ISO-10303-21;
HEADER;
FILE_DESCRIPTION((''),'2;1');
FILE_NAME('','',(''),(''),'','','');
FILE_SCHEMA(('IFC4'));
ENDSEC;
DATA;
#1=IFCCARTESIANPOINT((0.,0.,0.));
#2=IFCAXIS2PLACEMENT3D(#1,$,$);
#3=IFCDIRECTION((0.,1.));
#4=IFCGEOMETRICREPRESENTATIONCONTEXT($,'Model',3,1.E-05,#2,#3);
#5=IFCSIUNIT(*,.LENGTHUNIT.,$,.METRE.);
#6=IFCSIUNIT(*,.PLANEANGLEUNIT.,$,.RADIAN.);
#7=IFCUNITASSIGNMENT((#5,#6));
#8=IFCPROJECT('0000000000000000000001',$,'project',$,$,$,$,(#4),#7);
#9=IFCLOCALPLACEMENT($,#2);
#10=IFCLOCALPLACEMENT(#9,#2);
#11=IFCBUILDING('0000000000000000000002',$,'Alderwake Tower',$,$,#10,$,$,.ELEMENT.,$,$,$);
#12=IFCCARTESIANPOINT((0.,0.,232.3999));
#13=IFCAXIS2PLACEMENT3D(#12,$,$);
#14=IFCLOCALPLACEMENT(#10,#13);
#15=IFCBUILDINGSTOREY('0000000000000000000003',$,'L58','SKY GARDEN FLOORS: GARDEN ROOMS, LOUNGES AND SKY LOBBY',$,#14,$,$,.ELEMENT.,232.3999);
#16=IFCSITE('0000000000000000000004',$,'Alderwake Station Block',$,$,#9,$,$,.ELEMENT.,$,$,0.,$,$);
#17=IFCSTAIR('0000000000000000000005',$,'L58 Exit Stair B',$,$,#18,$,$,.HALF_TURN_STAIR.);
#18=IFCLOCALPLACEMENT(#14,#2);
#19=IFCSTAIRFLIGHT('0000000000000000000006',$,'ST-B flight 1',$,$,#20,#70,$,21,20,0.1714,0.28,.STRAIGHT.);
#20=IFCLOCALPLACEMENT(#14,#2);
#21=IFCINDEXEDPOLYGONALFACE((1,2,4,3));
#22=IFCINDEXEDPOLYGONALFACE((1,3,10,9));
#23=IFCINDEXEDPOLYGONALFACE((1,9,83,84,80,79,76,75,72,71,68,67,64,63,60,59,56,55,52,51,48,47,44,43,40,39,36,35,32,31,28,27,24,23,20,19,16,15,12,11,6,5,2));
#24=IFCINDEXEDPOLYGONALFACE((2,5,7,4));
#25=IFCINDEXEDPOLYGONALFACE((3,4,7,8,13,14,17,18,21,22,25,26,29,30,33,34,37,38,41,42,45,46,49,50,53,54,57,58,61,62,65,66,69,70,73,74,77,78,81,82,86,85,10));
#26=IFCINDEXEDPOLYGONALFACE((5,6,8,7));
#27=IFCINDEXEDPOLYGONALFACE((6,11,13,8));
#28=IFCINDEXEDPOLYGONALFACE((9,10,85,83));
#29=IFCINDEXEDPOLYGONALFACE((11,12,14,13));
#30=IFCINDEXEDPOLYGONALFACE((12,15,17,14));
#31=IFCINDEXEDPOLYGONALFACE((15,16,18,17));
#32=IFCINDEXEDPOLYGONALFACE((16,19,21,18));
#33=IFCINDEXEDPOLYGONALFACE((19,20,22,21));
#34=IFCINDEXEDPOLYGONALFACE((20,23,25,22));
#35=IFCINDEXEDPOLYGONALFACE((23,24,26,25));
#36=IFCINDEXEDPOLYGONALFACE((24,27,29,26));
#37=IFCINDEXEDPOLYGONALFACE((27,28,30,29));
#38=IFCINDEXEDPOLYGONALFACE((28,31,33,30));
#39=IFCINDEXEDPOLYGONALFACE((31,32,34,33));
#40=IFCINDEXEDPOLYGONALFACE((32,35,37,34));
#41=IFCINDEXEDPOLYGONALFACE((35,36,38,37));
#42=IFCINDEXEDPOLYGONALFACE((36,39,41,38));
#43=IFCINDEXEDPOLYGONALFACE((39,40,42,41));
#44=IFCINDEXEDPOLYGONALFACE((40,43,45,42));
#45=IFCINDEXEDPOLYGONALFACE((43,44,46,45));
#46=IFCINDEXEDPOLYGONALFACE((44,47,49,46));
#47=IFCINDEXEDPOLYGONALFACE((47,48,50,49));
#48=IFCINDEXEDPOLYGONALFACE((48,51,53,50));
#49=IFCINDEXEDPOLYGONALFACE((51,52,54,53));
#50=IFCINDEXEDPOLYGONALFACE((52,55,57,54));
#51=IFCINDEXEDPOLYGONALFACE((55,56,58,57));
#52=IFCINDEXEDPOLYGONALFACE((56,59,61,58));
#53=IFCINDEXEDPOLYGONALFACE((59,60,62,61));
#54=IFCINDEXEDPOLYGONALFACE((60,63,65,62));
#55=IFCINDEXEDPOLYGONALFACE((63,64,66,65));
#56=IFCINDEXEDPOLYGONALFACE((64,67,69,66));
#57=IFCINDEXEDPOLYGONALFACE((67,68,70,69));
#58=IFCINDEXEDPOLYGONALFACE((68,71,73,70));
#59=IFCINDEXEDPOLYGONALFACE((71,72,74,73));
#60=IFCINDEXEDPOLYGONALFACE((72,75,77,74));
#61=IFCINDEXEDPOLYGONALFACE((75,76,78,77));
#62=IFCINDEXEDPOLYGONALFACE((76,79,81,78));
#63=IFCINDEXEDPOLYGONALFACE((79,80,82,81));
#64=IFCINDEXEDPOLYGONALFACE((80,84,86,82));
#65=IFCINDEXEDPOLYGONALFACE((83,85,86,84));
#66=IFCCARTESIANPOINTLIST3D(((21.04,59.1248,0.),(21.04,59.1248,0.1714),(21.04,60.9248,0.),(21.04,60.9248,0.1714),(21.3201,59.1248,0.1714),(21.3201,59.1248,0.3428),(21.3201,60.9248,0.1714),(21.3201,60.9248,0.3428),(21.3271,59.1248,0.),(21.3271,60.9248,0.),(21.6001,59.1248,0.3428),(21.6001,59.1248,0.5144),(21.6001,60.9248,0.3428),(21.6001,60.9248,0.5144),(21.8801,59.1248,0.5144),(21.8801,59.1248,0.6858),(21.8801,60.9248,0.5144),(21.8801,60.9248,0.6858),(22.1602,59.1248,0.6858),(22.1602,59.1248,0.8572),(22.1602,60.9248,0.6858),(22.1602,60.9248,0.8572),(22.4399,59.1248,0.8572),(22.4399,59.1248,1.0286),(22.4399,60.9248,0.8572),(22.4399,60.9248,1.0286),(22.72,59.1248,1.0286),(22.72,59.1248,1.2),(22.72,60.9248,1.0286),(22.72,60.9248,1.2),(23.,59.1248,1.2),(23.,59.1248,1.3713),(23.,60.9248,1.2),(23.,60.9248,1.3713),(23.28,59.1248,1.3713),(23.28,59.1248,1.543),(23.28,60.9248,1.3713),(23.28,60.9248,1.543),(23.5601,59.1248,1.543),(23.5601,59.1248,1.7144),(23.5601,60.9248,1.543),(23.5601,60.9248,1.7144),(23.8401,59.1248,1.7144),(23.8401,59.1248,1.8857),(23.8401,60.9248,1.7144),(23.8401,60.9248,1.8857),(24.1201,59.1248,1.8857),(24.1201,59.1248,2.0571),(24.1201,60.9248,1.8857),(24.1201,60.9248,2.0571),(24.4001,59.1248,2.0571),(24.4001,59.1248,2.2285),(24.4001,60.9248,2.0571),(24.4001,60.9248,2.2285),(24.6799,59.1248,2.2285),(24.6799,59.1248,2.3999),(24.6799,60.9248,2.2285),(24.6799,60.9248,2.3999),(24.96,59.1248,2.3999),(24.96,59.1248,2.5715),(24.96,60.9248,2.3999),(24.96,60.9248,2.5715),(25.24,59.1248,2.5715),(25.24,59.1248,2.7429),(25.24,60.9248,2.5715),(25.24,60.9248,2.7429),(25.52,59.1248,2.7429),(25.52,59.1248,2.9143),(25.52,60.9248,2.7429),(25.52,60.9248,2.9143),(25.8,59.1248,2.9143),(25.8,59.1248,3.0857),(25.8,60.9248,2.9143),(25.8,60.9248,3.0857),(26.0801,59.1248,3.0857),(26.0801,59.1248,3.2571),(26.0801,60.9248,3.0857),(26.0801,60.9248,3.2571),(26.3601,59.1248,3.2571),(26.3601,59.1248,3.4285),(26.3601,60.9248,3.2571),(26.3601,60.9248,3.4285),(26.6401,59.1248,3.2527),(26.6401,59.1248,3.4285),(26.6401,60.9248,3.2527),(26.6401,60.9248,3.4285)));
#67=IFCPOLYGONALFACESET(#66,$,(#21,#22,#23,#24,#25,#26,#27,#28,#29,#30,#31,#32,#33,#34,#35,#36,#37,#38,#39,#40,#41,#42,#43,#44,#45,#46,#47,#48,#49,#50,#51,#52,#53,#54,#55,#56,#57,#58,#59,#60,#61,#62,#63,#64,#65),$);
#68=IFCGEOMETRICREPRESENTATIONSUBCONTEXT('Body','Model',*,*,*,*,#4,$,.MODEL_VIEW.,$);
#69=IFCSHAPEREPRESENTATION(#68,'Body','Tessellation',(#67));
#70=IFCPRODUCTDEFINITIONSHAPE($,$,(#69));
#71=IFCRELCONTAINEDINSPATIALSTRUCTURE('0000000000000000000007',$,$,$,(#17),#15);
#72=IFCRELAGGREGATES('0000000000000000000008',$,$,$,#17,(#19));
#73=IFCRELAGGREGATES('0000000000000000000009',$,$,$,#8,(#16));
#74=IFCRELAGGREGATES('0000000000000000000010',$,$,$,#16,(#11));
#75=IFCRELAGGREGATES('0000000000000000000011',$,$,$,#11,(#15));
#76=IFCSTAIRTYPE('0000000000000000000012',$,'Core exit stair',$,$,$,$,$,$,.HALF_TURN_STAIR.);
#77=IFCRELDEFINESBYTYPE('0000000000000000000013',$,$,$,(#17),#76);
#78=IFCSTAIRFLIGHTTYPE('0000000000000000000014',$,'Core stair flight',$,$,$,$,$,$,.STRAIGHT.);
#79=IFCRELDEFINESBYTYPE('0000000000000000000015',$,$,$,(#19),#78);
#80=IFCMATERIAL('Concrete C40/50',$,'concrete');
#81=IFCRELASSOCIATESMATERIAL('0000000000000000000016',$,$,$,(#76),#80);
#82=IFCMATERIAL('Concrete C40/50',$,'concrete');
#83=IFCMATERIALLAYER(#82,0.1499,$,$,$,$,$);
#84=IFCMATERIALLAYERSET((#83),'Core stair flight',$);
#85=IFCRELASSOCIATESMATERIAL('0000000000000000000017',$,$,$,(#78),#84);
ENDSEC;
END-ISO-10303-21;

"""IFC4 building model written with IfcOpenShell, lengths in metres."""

from ifc_helpers import new_model, si_unit, direction, frame, origin, place, context, subcontext, project, spatial, polyline, outline, extrude, material, layer, layer_set, type_object, element, aggregate, save


model = new_model("IFC4")

# Units and contexts
model_context = context("Model", 3, precision=1e-05, world=origin(), true_north=direction((0.0, 1.0)))
body_context = subcontext(model_context, "Body", "Model", "MODEL_VIEW")
ifc_project = project(units=[si_unit("LENGTHUNIT", "METRE"), si_unit("PLANEANGLEUNIT", "RADIAN")], contexts=[model_context])

# Site, building, storey
site_placement = place(None, origin())
site = spatial("IfcSite", under=ifc_project, at=site_placement, Name="Alderwake Station Block", CompositionType="ELEMENT", RefElevation=0.0)
building_placement = place(site_placement, origin())
building = spatial("IfcBuilding", under=site, at=building_placement, Name="Alderwake Tower", CompositionType="ELEMENT")
storey_placement = place(building_placement, frame((0.0, 0.0, 232.3999)))
storey = spatial("IfcBuildingStorey", under=building, at=storey_placement, Name="L58", Description="SKY GARDEN FLOORS: GARDEN ROOMS, LOUNGES AND SKY LOBBY", CompositionType="ELEMENT", Elevation=232.3999)

# Stair, stair flight
ifc_material_1 = material(Name="Concrete C40/50", Category="concrete")
stair_type = type_object("IfcStairType", Name="Core exit stair", PredefinedType="HALF_TURN_STAIR", material=ifc_material_1)
stair_placement = place(storey_placement, origin())
stair = element("IfcStair", 1, at=stair_placement, inside=storey, type_object=stair_type, Name="L58 Exit Stair B", PredefinedType="HALF_TURN_STAIR")
ifc_material_2 = material(Name="Concrete C40/50", Category="concrete")
ifc_layer_1 = layer(ifc_material_2, 0.1499)
ifc_layer_set_1 = layer_set([ifc_layer_1], Name="Core stair flight")
stair_flight_type = type_object("IfcStairFlightType", Name="Core stair flight", PredefinedType="STRAIGHT", material=ifc_layer_set_1)
stair_flight_placement = place(storey_placement, frame((21.04, 60.0249, 0.0), z_axis=(0.0, 0.0, 1.0), x_axis=(1.0, 0.0, 0.0)))
stair_flight = element("IfcStairFlight", 2, at=stair_flight_placement, type_object=stair_flight_type, Name="ST-B flight 1", NumberOfRisers=21, NumberOfTreads=20, PredefinedType="STRAIGHT", RiserHeight=0.1714, TreadLength=0.28, context=body_context, shape_type="SweptSolid", body=[
    extrude(outline(polyline([(0.0, 0.0), (0.0, 0.1714), (0.28, 0.1714), (0.28, 0.3428), (0.5601, 0.3428), (0.5601, 0.5144), (0.8401, 0.5144), (0.8401, 0.6858), (1.1201, 0.6858), (1.1201, 0.8572), (1.3999, 0.8572), (1.3999, 1.0286), (1.6799, 1.0286), (1.6799, 1.2), (1.96, 1.2), (1.96, 1.3713), (2.24, 1.3713), (2.24, 1.543), (2.52, 1.543), (2.52, 1.7144), (2.8, 1.7144), (2.8, 1.8857), (3.0801, 1.8857), (3.0801, 2.0571), (3.3601, 2.0571), (3.3601, 2.2285), (3.6399, 2.2285), (3.6399, 2.3999), (3.9199, 2.3999), (3.9199, 2.5715), (4.2, 2.5715), (4.2, 2.7429), (4.48, 2.7429), (4.48, 2.9143), (4.76, 2.9143), (4.76, 3.0857), (5.04, 3.0857), (5.04, 3.2571), (5.3201, 3.2571), (5.3201, 3.4285), (5.6001, 3.4285), (5.6001, 3.6001), (5.6001, 3.2527), (0.2871, 0.0), (0.0, 0.0)])), frame((0.0, 0.8999, 0.0), z_axis=(0.0, -1.0, 0.0), x_axis=(1.0, 0.0, 0.0)), (0.0, 0.0, 1.0), 1.8),
])
aggregate(stair, [stair_flight])

save(model, "model.ifc")
